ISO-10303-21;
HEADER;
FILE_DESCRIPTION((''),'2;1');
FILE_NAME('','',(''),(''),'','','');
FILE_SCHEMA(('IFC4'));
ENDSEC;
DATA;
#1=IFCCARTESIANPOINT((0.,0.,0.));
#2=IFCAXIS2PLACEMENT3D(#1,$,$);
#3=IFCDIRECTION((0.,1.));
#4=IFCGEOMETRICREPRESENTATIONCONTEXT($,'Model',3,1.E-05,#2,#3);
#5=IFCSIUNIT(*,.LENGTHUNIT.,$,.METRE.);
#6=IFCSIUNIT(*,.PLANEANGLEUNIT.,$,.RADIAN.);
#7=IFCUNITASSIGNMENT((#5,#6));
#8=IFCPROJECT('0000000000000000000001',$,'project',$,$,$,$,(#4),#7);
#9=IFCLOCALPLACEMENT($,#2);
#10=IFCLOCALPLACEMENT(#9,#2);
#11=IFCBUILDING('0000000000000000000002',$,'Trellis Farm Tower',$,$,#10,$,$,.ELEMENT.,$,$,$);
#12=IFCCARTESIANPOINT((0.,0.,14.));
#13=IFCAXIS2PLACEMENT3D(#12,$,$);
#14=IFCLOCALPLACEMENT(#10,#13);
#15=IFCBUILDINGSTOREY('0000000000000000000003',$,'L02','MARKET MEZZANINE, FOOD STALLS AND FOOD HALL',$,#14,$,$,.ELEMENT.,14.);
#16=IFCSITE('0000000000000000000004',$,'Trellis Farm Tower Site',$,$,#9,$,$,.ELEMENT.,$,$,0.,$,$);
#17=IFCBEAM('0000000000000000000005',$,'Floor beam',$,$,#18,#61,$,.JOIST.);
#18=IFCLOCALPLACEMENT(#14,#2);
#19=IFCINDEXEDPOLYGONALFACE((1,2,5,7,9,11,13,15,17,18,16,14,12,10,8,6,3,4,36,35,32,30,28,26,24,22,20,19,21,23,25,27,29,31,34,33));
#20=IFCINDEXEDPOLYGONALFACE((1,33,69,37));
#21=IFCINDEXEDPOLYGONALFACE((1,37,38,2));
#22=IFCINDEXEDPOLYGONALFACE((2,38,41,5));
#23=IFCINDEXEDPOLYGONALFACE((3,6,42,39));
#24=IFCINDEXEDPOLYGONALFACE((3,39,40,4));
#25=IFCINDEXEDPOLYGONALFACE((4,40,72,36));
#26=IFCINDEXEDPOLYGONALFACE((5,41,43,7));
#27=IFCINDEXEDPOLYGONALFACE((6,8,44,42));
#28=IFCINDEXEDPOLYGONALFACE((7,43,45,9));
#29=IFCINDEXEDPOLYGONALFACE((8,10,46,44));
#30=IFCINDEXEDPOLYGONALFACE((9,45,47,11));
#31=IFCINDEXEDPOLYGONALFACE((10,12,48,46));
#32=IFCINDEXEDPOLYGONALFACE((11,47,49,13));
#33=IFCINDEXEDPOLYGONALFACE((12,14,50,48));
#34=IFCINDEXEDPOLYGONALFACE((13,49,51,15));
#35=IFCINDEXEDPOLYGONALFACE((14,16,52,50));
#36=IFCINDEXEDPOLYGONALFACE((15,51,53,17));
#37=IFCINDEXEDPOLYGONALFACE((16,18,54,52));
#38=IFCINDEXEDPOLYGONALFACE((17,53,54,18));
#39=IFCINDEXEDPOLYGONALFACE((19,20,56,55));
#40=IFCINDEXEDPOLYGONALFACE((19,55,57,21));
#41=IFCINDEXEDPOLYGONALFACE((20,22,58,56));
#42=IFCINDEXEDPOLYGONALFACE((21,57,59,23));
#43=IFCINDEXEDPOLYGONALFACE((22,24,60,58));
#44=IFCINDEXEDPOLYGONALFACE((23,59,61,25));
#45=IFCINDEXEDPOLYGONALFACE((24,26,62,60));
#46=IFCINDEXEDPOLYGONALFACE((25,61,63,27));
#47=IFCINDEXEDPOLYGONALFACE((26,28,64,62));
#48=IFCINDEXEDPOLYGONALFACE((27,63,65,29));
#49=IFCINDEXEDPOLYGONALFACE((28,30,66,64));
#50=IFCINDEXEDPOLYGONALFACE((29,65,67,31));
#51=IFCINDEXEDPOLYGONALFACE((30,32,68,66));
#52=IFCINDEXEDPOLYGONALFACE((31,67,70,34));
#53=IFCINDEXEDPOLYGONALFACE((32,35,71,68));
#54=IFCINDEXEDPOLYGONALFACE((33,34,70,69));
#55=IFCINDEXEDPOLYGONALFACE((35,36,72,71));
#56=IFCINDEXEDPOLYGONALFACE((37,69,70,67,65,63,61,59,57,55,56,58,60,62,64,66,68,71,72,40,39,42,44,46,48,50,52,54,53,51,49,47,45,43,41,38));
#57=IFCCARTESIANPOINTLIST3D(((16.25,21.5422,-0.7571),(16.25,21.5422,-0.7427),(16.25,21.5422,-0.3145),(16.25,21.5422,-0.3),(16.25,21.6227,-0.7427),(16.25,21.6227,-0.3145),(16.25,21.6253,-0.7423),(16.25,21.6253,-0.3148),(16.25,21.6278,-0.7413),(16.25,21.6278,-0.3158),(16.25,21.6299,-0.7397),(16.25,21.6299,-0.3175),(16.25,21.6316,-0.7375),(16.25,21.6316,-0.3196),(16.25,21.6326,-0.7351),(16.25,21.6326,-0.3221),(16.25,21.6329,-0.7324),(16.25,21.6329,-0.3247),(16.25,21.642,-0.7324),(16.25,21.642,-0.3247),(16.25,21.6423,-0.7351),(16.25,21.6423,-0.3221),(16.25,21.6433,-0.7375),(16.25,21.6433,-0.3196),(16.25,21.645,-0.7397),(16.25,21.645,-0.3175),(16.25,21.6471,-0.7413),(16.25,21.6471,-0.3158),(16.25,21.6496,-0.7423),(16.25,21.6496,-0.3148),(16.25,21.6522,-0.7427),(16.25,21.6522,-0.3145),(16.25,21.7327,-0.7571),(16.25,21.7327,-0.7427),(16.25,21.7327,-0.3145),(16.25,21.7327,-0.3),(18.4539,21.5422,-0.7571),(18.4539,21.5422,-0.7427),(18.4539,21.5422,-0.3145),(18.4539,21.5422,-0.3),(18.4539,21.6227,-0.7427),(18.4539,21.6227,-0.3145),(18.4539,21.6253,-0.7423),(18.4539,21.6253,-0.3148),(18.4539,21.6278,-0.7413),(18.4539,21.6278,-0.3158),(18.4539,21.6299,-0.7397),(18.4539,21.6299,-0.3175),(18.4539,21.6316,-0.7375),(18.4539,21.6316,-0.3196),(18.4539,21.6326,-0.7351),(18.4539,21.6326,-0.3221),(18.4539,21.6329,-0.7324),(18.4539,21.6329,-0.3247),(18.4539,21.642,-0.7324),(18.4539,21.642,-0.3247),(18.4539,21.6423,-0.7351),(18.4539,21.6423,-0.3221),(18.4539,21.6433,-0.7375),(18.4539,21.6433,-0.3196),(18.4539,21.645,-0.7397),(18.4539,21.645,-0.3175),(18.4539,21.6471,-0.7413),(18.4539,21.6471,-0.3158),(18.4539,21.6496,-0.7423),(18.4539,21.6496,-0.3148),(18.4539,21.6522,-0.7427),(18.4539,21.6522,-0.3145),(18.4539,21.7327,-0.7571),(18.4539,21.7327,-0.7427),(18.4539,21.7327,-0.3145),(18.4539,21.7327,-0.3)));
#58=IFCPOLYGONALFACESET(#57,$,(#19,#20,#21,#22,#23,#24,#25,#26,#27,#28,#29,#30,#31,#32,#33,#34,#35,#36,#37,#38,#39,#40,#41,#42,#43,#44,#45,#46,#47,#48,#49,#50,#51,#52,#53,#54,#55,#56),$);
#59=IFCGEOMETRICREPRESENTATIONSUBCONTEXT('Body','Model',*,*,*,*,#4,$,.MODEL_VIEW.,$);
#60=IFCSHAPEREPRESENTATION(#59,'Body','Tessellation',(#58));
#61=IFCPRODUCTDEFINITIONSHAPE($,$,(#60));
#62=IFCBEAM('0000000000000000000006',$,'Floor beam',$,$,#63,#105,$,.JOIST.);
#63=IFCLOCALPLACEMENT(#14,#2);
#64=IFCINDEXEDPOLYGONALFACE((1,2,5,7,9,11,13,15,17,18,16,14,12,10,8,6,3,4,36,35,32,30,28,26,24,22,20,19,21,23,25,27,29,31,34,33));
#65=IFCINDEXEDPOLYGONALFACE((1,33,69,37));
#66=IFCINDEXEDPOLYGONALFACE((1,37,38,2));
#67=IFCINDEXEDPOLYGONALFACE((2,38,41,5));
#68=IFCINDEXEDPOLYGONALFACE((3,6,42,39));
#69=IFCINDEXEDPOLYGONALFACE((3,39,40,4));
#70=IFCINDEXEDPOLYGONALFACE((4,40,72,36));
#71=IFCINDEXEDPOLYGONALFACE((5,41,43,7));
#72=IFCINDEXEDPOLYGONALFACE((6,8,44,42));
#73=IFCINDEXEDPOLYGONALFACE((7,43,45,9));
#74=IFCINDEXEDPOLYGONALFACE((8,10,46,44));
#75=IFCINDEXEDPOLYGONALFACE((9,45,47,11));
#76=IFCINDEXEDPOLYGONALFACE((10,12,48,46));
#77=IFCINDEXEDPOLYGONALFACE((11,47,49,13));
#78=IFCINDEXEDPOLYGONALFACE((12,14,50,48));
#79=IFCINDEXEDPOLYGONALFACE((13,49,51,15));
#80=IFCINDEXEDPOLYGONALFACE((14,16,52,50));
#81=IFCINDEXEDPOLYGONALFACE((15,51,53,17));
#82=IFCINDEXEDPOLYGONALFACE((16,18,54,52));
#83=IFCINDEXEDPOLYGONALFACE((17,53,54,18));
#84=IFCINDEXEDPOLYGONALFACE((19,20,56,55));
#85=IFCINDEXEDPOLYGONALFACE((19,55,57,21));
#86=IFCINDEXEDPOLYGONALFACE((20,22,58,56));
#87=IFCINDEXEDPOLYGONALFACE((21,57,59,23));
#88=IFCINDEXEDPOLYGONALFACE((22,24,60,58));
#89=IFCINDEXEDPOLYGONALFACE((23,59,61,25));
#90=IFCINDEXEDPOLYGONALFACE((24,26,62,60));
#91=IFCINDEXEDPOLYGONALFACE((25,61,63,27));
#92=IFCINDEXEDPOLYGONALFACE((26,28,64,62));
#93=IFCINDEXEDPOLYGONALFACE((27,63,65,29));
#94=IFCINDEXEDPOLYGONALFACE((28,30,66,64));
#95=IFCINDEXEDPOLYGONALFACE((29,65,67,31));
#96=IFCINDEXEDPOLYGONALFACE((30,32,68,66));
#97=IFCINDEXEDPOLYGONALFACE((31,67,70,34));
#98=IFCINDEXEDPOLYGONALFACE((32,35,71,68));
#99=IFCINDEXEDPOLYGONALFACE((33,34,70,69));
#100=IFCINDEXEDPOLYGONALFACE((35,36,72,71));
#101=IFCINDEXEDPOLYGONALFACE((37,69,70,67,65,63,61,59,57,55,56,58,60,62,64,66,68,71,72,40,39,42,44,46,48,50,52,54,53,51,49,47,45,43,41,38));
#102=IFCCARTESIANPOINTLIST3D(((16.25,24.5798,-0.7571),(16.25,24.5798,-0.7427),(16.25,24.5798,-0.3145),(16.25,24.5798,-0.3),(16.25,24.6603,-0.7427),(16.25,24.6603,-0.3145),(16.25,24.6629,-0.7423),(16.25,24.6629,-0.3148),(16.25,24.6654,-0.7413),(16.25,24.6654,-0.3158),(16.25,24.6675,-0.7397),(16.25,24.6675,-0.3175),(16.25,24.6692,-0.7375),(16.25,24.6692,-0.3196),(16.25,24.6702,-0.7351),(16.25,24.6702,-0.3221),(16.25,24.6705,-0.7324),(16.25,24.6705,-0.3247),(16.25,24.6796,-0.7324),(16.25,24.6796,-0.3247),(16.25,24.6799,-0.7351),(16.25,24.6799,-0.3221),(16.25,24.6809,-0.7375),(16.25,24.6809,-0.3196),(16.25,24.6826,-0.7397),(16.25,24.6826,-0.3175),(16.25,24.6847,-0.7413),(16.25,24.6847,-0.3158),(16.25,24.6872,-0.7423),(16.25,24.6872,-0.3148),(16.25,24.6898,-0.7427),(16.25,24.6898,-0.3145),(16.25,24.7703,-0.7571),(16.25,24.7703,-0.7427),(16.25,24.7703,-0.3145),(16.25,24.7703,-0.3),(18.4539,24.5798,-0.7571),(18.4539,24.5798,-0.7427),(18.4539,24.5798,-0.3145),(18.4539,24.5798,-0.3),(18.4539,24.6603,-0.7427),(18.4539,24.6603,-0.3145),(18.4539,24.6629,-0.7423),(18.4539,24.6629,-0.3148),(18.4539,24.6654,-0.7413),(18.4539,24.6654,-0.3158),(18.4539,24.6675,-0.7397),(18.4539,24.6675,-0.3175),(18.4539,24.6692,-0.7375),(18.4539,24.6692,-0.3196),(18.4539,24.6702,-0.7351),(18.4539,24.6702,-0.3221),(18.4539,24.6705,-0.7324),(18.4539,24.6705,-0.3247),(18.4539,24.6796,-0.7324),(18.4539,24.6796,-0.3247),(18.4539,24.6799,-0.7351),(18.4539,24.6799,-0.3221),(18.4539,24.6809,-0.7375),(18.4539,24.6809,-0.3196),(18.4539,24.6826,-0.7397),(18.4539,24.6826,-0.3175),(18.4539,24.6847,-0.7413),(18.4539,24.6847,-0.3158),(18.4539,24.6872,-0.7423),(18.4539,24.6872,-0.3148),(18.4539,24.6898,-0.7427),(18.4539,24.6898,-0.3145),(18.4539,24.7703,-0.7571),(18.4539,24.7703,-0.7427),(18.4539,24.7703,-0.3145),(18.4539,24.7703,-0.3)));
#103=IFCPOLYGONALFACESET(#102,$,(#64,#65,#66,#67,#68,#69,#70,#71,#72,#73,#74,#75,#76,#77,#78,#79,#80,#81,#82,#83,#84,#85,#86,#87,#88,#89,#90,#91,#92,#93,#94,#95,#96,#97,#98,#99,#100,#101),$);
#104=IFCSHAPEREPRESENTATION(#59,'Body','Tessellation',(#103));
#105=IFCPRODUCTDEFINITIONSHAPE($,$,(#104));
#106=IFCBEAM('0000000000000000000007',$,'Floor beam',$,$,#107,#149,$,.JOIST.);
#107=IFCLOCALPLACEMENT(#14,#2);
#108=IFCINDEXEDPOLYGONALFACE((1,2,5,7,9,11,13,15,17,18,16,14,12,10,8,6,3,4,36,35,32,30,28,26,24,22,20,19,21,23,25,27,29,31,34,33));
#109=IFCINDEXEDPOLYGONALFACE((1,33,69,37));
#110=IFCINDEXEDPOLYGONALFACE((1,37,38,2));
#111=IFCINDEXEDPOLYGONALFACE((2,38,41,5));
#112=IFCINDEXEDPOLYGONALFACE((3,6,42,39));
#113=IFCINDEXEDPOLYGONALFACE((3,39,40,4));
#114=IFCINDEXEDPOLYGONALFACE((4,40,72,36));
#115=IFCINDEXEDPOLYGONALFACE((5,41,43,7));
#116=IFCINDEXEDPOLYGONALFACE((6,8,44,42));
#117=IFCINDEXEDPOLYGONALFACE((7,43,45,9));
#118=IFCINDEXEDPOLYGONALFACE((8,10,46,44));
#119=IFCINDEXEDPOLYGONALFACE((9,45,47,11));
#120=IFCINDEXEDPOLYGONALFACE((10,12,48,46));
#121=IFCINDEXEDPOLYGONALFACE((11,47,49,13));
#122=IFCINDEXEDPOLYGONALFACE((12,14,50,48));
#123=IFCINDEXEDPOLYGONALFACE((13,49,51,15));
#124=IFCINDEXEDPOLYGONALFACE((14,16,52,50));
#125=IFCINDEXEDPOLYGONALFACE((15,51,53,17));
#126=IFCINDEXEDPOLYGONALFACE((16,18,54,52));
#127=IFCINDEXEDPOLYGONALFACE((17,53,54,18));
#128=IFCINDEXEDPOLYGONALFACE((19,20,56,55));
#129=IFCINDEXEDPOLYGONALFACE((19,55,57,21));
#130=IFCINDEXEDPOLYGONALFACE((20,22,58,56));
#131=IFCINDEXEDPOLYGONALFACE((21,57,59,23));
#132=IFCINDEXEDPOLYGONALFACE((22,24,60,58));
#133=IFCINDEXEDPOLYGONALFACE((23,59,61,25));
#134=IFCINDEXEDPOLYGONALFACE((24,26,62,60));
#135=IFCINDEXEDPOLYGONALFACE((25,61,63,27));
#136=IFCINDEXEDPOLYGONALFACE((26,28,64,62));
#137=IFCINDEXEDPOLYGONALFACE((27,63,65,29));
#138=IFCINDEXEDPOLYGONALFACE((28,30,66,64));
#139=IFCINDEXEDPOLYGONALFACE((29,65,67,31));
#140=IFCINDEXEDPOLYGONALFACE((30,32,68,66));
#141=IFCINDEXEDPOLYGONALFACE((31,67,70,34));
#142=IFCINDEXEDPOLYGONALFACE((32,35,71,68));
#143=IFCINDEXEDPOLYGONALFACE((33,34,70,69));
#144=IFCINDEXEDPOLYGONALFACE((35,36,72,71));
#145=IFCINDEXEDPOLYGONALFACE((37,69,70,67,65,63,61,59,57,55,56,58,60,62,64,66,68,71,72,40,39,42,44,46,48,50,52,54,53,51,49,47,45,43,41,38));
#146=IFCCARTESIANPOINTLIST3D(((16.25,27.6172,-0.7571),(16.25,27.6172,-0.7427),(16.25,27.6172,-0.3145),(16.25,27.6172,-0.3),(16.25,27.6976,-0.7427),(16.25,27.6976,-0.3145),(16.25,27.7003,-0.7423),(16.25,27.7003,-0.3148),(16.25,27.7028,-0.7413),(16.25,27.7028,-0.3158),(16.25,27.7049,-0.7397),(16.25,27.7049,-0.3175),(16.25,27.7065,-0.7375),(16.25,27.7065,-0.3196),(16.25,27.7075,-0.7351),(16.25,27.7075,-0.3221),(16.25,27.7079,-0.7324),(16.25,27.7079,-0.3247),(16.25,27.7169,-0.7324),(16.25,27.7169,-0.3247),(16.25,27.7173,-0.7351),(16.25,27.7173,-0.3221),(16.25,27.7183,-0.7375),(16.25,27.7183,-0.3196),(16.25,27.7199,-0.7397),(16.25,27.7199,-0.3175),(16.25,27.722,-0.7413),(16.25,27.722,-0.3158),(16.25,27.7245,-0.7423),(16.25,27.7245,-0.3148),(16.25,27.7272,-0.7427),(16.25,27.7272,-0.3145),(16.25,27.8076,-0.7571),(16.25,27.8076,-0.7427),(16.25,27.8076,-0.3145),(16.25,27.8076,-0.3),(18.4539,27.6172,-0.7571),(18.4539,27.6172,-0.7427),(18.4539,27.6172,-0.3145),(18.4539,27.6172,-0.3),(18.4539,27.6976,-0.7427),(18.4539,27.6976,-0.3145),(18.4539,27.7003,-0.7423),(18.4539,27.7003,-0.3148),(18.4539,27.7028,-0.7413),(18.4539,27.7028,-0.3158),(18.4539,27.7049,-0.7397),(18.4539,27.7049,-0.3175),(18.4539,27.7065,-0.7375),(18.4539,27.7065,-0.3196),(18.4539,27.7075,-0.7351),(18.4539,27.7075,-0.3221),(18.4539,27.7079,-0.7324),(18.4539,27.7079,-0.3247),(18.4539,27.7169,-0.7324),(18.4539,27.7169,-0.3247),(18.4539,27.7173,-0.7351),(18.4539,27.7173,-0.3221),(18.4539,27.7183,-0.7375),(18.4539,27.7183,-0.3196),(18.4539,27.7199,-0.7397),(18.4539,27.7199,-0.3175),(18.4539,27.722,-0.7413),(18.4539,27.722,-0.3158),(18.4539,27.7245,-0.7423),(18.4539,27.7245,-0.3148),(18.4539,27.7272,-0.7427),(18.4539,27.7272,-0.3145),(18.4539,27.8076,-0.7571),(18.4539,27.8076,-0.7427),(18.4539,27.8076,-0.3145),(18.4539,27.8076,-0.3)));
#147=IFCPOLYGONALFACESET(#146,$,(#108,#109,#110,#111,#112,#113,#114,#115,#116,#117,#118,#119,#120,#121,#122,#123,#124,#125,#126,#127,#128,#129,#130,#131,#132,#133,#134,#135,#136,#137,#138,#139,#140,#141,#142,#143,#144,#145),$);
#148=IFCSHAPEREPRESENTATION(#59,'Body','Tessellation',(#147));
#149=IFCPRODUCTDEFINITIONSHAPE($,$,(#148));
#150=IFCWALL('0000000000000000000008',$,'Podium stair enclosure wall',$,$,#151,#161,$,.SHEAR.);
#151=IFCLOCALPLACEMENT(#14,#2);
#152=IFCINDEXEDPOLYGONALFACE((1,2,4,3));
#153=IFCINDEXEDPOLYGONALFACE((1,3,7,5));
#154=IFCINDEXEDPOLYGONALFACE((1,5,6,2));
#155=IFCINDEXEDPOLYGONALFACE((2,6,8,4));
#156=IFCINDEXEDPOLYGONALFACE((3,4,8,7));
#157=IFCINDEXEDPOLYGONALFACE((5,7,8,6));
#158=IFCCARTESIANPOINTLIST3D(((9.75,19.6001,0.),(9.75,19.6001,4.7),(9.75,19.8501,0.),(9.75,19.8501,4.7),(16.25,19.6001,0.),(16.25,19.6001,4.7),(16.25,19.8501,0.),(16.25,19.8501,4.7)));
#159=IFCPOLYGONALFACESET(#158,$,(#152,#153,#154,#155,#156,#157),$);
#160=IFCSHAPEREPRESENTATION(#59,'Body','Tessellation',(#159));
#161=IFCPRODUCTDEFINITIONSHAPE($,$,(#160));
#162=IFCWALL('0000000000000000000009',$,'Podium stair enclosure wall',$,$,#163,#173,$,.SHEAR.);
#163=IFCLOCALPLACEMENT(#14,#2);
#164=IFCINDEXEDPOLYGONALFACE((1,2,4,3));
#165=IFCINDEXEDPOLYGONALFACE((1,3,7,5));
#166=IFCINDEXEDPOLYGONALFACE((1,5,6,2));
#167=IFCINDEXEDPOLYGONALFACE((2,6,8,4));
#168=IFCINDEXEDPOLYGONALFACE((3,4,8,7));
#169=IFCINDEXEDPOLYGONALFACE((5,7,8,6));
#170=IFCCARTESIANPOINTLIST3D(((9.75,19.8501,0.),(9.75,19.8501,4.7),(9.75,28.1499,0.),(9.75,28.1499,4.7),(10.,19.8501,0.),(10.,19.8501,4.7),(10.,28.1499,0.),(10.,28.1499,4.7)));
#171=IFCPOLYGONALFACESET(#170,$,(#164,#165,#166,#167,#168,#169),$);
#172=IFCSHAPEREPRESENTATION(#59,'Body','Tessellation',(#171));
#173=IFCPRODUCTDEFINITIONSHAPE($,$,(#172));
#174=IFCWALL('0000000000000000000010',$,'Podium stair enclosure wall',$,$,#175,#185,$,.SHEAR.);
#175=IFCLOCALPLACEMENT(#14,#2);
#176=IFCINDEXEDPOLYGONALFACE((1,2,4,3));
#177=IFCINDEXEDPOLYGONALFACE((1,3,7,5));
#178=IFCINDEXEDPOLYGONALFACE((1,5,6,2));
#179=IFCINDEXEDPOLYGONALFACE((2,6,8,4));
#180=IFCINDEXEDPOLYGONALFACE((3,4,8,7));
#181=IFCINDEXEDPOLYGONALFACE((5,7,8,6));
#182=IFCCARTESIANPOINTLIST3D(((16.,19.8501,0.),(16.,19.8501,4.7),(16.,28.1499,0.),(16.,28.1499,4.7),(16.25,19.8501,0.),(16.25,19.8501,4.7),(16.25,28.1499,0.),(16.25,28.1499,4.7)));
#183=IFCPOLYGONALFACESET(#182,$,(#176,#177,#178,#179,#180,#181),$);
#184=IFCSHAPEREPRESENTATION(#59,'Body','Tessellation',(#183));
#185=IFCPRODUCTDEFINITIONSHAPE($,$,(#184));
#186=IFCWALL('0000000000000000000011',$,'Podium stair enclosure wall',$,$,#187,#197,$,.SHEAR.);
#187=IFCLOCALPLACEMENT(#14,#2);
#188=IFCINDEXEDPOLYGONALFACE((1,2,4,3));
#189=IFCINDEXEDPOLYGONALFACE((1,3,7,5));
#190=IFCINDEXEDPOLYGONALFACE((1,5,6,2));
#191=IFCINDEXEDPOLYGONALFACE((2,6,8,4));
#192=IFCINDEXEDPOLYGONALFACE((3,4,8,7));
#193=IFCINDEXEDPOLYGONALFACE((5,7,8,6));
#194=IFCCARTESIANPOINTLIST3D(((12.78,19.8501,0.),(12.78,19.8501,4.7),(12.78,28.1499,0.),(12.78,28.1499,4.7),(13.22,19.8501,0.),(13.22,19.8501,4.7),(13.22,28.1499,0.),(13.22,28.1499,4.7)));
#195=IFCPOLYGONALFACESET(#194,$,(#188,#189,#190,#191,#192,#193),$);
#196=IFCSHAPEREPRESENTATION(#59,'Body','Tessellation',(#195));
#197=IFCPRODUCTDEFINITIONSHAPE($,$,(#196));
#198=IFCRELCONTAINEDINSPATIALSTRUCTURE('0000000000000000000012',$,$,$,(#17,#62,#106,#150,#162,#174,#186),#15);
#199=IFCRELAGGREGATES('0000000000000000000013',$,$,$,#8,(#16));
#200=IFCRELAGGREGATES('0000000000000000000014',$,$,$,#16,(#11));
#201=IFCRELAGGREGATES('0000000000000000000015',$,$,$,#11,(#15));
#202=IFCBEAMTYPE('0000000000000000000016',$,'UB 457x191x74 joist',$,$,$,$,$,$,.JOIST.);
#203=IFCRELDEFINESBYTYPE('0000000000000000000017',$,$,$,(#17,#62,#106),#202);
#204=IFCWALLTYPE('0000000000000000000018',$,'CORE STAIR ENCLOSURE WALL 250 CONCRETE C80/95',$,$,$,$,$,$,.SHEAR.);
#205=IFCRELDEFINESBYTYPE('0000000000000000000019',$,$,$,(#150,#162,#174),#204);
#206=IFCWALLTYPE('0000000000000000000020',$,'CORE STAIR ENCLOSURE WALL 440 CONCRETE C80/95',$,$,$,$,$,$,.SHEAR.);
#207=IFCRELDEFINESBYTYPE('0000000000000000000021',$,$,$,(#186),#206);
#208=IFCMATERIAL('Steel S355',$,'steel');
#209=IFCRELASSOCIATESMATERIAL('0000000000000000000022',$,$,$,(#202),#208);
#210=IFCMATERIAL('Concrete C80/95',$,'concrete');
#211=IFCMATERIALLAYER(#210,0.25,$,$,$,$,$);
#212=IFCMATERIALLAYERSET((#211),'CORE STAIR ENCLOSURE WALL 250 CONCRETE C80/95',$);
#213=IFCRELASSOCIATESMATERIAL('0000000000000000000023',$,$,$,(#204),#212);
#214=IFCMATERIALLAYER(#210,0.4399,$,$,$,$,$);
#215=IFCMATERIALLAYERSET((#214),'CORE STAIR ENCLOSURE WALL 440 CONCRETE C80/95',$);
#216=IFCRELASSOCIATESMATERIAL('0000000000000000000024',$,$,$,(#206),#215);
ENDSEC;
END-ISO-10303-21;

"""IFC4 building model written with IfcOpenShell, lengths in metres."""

from ifc_helpers import new_model, si_unit, direction, frame, frame_2d, origin, origin_2d, place, context, subcontext, project, spatial, rectangle, i_section, extrude, source, transform, mapped, material, layer, layer_set, material_profile, profile_set, type_object, element, save


model = new_model("IFC4")

# Units and contexts
model_context = context("Model", 3, precision=1e-05, world=origin(), true_north=direction((0.0, 1.0)))
body_context = subcontext(model_context, "Body", "Model", "MODEL_VIEW")
ifc_project = project(units=[si_unit("LENGTHUNIT", "METRE"), si_unit("PLANEANGLEUNIT", "RADIAN")], contexts=[model_context])

# Site, building, storey
site_placement = place(None, origin())
site = spatial("IfcSite", under=ifc_project, at=site_placement, Name="Trellis Farm Tower Site", CompositionType="ELEMENT", RefElevation=0.0)
building_placement = place(site_placement, origin())
building = spatial("IfcBuilding", under=site, at=building_placement, Name="Trellis Farm Tower", CompositionType="ELEMENT")
storey_placement = place(building_placement, frame((0.0, 0.0, 14.0)))
storey = spatial("IfcBuildingStorey", under=building, at=storey_placement, Name="L02", Description="MARKET MEZZANINE, FOOD STALLS AND FOOD HALL", CompositionType="ELEMENT", Elevation=14.0)

# Beams
ifc_material_1 = material(Name="Steel S355", Category="steel")
ifc_material_profile_1 = material_profile(ifc_material_1, i_section(OverallWidth=0.1904, OverallDepth=0.457, WebThickness=0.009, FlangeThickness=0.0144, FilletRadius=0.0103, at=origin_2d()), Name="UB 457x191x74")
ifc_profile_set_1 = profile_set([ifc_material_profile_1], Name="Steel S355")
beam_type_1 = type_object("IfcBeamType", Name="UB 457x191x74 joist", PredefinedType="JOIST", material=ifc_profile_set_1)
shared_shape_1 = source(origin(), body_context, "Body", "SweptSolid", [
    extrude(i_section(OverallWidth=0.1904, OverallDepth=0.457, WebThickness=0.009, FlangeThickness=0.0144, FilletRadius=0.0103, at=origin_2d()), origin(), (0.0, 0.0, 1.0), 2.2039),
])
for number, where, z_axis, x_axis, name in (
    (1, (16.25, 21.6375, -0.5286), (1.0, 0.0, 0.0), (0.0, 1.0, 0.0), "Floor beam"),
    (2, (16.25, 24.675, -0.5286), (1.0, 0.0, 0.0), (0.0, 1.0, 0.0), "Floor beam"),
    (3, (16.25, 27.7124, -0.5286), (1.0, 0.0, 0.0), (0.0, 1.0, 0.0), "Floor beam"),
):
    element("IfcBeam", number, at=place(storey_placement, frame(where, z_axis=z_axis, x_axis=x_axis)), inside=storey, type_object=beam_type_1, Name=name, PredefinedType="JOIST", context=body_context, shape_type="MappedRepresentation", body=[
        mapped(shared_shape_1, transform((0.0, 0.0, 0.0))),
    ])

# Walls
ifc_material_2 = material(Name="Concrete C80/95", Category="concrete")
ifc_layer_1 = layer(ifc_material_2, 0.25)
ifc_layer_set_1 = layer_set([ifc_layer_1], Name="CORE STAIR ENCLOSURE WALL 250 CONCRETE C80/95")
wall_type_1 = type_object("IfcWallType", Name="CORE STAIR ENCLOSURE WALL 250 CONCRETE C80/95", PredefinedType="SHEAR", material=ifc_layer_set_1)
shared_shape_2 = source(origin(), body_context, "Body", "SweptSolid", [
    extrude(rectangle(XDim=6.5, YDim=0.25, at=frame_2d((3.25, 0.0))), origin(), (0.0, 0.0, 1.0), 4.7),
])
wall_1_placement = place(storey_placement, frame((9.75, 19.7251, 0.0), z_axis=(0.0, 0.0, 1.0), x_axis=(1.0, 0.0, 0.0)))
element("IfcWall", 4, at=wall_1_placement, inside=storey, type_object=wall_type_1, Name="Podium stair enclosure wall", PredefinedType="SHEAR", context=body_context, shape_type="MappedRepresentation", body=[
    mapped(shared_shape_2, transform((0.0, 0.0, 0.0))),
])
shared_shape_3 = source(origin(), body_context, "Body", "SweptSolid", [
    extrude(rectangle(XDim=8.2998, YDim=0.25, at=frame_2d((4.1499, 0.0))), origin(), (0.0, 0.0, 1.0), 4.7),
])
for number, where, z_axis, x_axis, name in (
    (5, (9.875, 19.8501, 0.0), (0.0, 0.0, 1.0), (0.0, 1.0, 0.0), "Podium stair enclosure wall"),
    (6, (16.125, 19.8501, 0.0), (0.0, 0.0, 1.0), (0.0, 1.0, 0.0), "Podium stair enclosure wall"),
):
    element("IfcWall", number, at=place(storey_placement, frame(where, z_axis=z_axis, x_axis=x_axis)), inside=storey, type_object=wall_type_1, Name=name, PredefinedType="SHEAR", context=body_context, shape_type="MappedRepresentation", body=[
        mapped(shared_shape_3, transform((0.0, 0.0, 0.0))),
    ])
ifc_layer_2 = layer(ifc_material_2, 0.4399)
ifc_layer_set_2 = layer_set([ifc_layer_2], Name="CORE STAIR ENCLOSURE WALL 440 CONCRETE C80/95")
wall_type_2 = type_object("IfcWallType", Name="CORE STAIR ENCLOSURE WALL 440 CONCRETE C80/95", PredefinedType="SHEAR", material=ifc_layer_set_2)
shared_shape_4 = source(origin(), body_context, "Body", "SweptSolid", [
    extrude(rectangle(XDim=8.2998, YDim=0.4399, at=frame_2d((4.1499, 0.0))), origin(), (0.0, 0.0, 1.0), 4.7),
])
wall_2_placement = place(storey_placement, frame((13.0, 19.8501, 0.0), z_axis=(0.0, 0.0, 1.0), x_axis=(0.0, 1.0, 0.0)))
element("IfcWall", 7, at=wall_2_placement, inside=storey, type_object=wall_type_2, Name="Podium stair enclosure wall", PredefinedType="SHEAR", context=body_context, shape_type="MappedRepresentation", body=[
    mapped(shared_shape_4, transform((0.0, 0.0, 0.0))),
])

save(model, "model.ifc")
